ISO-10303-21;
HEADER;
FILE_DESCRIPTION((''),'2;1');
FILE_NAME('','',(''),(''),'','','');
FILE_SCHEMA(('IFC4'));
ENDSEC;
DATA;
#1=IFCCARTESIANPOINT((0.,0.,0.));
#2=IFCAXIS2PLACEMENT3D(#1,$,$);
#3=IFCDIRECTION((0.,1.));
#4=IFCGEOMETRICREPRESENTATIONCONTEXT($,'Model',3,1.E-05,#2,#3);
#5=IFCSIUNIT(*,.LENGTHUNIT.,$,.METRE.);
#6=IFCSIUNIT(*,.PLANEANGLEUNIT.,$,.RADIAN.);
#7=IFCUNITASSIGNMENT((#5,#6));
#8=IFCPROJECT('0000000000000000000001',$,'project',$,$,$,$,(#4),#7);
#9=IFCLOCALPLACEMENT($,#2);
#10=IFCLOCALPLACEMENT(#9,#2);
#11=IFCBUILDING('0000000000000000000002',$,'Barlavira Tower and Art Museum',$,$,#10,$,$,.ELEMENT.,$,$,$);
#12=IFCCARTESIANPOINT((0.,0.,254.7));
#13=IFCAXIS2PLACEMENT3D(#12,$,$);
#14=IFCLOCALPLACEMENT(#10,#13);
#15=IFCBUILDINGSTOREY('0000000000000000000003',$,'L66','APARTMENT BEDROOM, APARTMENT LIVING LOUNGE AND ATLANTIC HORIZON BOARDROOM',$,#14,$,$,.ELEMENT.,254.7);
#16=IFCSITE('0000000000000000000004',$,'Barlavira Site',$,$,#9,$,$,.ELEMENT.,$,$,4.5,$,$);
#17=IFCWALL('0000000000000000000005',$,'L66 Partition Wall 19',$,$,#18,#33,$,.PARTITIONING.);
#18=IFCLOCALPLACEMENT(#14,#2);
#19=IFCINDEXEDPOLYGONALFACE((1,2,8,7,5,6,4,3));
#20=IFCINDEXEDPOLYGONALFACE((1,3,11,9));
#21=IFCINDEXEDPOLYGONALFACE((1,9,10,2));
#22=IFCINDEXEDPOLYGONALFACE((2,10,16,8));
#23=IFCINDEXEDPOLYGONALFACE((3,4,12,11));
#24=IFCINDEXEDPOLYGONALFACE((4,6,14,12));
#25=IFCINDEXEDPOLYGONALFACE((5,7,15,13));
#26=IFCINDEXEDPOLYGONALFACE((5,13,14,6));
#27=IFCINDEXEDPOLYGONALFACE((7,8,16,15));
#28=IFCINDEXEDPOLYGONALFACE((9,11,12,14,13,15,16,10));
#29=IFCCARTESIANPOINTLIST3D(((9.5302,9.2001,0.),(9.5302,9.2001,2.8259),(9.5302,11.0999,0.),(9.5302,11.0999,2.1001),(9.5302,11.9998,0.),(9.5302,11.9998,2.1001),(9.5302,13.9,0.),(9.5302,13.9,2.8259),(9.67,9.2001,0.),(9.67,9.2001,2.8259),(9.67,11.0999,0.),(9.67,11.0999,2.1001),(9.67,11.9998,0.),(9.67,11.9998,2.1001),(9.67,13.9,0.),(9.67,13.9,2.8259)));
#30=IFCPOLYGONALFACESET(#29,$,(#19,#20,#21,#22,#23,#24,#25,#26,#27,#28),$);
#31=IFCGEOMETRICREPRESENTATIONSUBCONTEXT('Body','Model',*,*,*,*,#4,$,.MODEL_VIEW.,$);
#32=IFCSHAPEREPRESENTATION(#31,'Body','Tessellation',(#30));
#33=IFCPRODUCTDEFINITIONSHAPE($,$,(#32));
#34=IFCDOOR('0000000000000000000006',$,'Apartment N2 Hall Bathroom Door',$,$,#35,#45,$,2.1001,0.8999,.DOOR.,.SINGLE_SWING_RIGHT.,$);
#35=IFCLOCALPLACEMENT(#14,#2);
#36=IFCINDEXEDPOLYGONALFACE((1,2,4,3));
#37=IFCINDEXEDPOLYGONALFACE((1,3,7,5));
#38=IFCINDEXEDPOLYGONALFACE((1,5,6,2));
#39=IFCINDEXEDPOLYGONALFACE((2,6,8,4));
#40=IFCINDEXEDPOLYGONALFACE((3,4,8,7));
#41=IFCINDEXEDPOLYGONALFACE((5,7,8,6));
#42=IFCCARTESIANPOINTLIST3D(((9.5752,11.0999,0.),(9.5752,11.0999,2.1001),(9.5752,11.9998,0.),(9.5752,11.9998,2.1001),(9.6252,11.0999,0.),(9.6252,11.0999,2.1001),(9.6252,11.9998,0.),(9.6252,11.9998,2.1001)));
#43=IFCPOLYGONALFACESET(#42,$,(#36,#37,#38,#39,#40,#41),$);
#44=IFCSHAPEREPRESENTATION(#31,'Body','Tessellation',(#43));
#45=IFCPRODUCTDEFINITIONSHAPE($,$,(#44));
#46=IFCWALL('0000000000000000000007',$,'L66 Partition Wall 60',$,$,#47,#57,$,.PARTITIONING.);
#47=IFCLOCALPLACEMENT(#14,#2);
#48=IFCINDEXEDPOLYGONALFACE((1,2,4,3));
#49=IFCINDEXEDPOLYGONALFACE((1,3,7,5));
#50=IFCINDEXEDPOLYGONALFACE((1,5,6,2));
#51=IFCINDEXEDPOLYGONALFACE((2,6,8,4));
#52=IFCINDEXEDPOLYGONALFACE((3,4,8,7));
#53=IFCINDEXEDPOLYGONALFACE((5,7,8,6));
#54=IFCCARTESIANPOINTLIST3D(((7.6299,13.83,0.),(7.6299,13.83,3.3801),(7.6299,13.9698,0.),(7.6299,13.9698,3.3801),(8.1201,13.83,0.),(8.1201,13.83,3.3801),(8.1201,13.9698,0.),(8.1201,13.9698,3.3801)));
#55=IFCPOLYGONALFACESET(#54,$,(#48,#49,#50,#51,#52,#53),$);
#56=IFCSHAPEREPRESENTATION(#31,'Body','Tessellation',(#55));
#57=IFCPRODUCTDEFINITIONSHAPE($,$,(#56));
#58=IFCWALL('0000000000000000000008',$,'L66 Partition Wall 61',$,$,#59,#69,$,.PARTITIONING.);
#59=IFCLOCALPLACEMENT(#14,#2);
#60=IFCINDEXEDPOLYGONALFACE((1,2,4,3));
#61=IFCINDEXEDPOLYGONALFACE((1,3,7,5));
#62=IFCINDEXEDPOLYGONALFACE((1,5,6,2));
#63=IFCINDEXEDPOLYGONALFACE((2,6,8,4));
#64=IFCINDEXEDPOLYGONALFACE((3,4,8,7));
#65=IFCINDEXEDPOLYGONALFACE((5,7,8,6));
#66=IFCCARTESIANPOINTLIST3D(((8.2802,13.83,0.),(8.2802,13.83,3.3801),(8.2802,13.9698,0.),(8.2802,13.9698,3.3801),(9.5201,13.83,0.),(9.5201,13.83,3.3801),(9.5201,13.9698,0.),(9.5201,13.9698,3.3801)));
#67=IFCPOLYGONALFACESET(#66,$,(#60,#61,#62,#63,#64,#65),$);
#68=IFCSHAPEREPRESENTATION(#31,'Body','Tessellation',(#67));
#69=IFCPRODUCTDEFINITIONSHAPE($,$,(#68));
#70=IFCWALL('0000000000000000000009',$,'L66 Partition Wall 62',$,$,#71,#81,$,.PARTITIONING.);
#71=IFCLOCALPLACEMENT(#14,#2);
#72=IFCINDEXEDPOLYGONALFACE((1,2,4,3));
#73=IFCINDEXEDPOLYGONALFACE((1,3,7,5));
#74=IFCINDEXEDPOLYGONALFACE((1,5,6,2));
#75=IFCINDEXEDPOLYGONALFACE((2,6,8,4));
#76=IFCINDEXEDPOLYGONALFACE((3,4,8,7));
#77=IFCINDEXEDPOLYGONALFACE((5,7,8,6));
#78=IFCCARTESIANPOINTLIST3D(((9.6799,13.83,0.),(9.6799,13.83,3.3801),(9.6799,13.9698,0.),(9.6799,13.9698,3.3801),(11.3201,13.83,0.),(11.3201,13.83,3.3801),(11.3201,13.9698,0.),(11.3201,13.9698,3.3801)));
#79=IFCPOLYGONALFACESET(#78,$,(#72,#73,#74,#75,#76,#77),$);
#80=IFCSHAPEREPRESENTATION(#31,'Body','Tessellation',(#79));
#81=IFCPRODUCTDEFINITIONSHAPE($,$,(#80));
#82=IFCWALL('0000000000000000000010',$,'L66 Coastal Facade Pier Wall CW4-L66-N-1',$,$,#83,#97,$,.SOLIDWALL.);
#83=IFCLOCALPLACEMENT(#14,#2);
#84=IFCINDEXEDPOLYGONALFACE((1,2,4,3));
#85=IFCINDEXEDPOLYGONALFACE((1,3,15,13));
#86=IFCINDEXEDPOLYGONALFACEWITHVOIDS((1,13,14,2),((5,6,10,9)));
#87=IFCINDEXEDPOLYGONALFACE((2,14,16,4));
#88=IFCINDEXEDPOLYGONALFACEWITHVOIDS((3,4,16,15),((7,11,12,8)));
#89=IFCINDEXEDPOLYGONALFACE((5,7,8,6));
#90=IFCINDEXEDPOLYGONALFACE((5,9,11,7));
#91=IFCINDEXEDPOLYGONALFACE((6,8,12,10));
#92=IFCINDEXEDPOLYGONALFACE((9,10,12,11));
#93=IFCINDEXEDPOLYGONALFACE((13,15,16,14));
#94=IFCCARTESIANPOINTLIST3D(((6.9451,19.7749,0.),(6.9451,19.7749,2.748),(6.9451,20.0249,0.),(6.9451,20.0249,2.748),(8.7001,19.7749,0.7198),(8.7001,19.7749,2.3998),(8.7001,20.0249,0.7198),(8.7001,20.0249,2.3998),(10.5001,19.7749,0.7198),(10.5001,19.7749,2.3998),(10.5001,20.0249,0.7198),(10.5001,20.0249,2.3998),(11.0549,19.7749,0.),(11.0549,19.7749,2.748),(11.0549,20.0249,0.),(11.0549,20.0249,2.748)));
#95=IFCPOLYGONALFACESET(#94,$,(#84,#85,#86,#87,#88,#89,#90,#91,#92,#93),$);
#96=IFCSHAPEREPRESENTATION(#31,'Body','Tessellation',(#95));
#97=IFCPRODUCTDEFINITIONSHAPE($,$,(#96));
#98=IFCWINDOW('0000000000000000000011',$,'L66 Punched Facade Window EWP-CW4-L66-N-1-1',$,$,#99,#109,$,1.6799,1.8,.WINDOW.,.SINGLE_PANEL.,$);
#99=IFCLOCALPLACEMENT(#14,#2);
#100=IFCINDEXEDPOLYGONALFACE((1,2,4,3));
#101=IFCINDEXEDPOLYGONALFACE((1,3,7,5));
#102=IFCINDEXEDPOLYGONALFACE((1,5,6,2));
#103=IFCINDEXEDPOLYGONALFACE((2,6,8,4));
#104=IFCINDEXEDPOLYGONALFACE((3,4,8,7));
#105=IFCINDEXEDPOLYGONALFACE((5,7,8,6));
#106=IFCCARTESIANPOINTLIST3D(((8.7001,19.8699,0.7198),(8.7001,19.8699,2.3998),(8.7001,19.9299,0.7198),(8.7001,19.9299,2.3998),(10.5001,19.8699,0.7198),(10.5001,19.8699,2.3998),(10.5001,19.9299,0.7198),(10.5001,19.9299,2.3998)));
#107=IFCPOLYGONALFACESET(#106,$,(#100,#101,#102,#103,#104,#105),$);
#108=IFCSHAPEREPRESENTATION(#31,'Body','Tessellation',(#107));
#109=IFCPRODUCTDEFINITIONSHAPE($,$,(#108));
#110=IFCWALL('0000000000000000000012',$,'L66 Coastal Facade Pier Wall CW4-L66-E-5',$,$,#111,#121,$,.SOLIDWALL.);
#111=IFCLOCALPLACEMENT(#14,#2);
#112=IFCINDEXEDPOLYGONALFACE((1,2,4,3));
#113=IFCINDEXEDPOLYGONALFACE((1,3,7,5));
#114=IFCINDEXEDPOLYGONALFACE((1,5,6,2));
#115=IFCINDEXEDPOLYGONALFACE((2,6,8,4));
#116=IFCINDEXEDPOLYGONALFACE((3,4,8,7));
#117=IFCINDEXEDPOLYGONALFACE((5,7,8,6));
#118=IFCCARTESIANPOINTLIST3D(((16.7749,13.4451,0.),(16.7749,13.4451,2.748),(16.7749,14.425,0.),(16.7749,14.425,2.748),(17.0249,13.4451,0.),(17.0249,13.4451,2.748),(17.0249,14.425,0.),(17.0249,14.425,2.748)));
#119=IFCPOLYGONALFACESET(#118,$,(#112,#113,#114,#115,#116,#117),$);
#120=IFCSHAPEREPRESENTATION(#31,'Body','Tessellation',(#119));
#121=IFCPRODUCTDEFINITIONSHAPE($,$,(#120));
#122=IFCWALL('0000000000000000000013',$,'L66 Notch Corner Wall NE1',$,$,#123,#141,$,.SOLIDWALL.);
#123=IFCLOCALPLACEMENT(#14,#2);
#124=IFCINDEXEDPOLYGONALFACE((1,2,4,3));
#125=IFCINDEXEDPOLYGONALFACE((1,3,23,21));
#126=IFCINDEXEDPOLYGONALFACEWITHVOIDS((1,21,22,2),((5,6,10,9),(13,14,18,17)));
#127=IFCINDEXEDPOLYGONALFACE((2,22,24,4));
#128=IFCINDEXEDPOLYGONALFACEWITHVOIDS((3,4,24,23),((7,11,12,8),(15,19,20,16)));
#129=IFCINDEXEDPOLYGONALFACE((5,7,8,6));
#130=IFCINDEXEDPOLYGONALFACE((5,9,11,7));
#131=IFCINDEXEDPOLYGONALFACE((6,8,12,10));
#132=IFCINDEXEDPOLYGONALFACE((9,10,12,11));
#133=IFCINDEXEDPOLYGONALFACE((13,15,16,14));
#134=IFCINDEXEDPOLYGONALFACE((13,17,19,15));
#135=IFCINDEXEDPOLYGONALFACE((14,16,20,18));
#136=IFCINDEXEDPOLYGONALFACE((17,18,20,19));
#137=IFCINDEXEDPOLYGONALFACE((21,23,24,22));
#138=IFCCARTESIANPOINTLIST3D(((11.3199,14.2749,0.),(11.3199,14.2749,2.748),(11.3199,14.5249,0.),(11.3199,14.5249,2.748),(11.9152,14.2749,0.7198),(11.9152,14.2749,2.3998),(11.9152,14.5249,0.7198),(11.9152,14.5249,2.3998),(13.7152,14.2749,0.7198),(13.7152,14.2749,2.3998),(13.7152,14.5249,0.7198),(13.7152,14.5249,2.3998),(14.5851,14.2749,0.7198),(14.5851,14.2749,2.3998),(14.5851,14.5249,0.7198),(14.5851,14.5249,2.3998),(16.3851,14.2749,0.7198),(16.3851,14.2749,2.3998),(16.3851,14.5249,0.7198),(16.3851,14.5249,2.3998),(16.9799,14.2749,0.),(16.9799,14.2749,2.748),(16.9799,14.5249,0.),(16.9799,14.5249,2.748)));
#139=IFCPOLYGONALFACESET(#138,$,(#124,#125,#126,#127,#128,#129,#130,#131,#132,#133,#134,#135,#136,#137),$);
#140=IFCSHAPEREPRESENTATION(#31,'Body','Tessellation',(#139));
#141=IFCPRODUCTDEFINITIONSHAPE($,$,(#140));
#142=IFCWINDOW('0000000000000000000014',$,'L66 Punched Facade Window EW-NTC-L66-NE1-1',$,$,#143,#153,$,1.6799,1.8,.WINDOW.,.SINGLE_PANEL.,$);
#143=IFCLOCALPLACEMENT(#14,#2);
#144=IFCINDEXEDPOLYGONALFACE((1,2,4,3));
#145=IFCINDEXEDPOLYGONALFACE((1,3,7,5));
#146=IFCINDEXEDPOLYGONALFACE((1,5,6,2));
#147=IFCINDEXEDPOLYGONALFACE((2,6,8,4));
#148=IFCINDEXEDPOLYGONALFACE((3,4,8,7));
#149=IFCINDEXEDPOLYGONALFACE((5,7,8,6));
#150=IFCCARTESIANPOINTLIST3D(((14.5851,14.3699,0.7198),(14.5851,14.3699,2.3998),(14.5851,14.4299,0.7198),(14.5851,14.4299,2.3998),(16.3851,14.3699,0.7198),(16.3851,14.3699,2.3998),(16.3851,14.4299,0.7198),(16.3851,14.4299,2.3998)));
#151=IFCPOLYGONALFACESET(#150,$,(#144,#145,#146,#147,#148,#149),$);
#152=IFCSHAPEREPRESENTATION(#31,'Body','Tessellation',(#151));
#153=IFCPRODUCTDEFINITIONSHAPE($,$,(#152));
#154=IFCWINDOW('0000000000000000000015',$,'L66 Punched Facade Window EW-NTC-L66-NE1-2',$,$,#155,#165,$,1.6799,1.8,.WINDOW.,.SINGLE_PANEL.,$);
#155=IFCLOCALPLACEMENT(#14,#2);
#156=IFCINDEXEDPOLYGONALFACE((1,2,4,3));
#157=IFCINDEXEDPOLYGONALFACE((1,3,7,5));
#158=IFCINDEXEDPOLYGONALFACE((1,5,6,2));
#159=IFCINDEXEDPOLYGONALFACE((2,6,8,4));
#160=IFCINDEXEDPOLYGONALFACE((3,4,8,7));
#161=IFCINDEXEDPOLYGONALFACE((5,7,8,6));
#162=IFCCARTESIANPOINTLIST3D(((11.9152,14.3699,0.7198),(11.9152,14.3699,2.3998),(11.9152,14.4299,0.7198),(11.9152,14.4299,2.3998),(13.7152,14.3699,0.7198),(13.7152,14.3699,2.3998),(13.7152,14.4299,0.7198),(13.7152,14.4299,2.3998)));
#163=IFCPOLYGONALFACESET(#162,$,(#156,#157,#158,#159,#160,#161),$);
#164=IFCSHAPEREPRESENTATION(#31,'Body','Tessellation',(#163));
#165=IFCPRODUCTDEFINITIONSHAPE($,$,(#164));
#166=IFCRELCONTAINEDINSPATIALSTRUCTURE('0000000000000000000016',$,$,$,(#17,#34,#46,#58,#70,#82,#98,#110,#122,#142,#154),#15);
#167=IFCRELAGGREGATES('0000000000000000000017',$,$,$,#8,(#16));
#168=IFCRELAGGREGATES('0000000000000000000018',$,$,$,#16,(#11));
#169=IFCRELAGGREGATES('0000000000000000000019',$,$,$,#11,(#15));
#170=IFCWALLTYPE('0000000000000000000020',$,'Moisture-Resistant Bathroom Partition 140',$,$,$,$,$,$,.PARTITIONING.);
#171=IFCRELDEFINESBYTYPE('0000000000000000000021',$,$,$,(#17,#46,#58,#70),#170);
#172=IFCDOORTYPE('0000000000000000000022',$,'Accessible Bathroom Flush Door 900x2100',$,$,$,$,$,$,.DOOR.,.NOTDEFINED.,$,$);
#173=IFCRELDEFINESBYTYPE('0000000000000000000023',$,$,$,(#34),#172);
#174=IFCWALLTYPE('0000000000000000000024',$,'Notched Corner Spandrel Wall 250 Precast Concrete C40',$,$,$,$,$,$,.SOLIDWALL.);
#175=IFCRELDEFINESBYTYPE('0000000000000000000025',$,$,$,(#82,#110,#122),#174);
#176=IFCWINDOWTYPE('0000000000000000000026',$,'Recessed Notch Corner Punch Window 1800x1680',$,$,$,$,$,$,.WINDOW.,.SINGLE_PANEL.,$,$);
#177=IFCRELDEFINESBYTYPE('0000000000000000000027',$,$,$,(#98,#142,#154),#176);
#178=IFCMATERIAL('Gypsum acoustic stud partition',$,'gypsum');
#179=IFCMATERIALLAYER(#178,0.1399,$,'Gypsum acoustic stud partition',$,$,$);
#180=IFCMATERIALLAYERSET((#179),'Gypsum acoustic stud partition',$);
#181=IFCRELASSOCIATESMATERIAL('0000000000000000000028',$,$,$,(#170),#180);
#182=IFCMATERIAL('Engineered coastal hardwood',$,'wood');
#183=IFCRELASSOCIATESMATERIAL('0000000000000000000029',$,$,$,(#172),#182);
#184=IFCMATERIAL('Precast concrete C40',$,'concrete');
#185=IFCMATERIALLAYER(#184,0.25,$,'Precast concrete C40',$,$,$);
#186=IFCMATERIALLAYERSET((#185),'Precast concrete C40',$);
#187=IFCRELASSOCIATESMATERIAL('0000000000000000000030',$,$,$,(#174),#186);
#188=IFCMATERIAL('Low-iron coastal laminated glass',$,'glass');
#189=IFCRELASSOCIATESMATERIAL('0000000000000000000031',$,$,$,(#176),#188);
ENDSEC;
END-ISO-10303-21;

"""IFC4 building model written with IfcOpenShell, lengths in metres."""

from ifc_helpers import new_model, si_unit, direction, frame, frame_2d, origin, place, context, subcontext, project, spatial, rectangle, extrude, material, layer, layer_set, type_object, element, fill, save


model = new_model("IFC4")

# Units and contexts
model_context = context("Model", 3, precision=1e-05, world=origin(), true_north=direction((0.0, 1.0)))
body_context = subcontext(model_context, "Body", "Model", "MODEL_VIEW")
ifc_project = project(units=[si_unit("LENGTHUNIT", "METRE"), si_unit("PLANEANGLEUNIT", "RADIAN")], contexts=[model_context])

# Site, building, storey
site_placement = place(None, origin())
site = spatial("IfcSite", under=ifc_project, at=site_placement, Name="Barlavira Site", CompositionType="ELEMENT", RefElevation=4.5)
building_placement = place(site_placement, origin())
building = spatial("IfcBuilding", under=site, at=building_placement, Name="Barlavira Tower and Art Museum", CompositionType="ELEMENT")
storey_placement = place(building_placement, frame((0.0, 0.0, 254.7)))
storey = spatial("IfcBuildingStorey", under=building, at=storey_placement, Name="L66", Description="APARTMENT BEDROOM, APARTMENT LIVING LOUNGE AND ATLANTIC HORIZON BOARDROOM", CompositionType="ELEMENT", Elevation=254.7)

# Shared definitions
ifc_material_1 = material(Name="Gypsum acoustic stud partition", Category="gypsum")
ifc_material_2 = material(Name="Engineered coastal hardwood", Category="wood")

# Wall, opening, door
ifc_layer_1 = layer(ifc_material_1, 0.1399, Name="Gypsum acoustic stud partition")
ifc_layer_set_1 = layer_set([ifc_layer_1], Name="Gypsum acoustic stud partition")
wall_type_1 = type_object("IfcWallType", Name="Moisture-Resistant Bathroom Partition 140", PredefinedType="PARTITIONING", material=ifc_layer_set_1)
wall_1_placement = place(storey_placement, frame((9.6001, 9.2, 0.0), z_axis=(0.0, 0.0, 1.0), x_axis=(0.0, 1.0, 0.0)))
wall_1 = element("IfcWall", 1, at=wall_1_placement, inside=storey, type_object=wall_type_1, Name="L66 Partition Wall 19", PredefinedType="PARTITIONING", context=body_context, shape_type="SweptSolid", body=[
    extrude(rectangle(XDim=4.7, YDim=0.1399, at=frame_2d((2.3501, 0.0))), origin(), (0.0, 0.0, 1.0), 2.8259),
])
opening_1_placement = place(wall_1_placement, frame((1.8999, 0.0, 0.0)))
opening_1 = element("IfcOpeningElement", 2, at=opening_1_placement, cuts=wall_1, PredefinedType="OPENING", context=body_context, shape_type="SweptSolid", body=[
    extrude(rectangle(XDim=0.8999, YDim=2.1001, at=frame_2d((0.45, 1.05))), frame((0.0, 0.0801, 0.0), z_axis=(0.0, -1.0, 0.0), x_axis=(1.0, 0.0, 0.0)), (0.0, 0.0, 1.0), 0.1599),
])
door_type_1 = type_object("IfcDoorType", Name="Accessible Bathroom Flush Door 900x2100", OperationType="NOTDEFINED", PredefinedType="DOOR", material=ifc_material_2)
door_1_placement = place(opening_1_placement, origin())
door_1 = element("IfcDoor", 3, at=door_1_placement, inside=storey, type_object=door_type_1, Name="Apartment N2 Hall Bathroom Door", OperationType="SINGLE_SWING_RIGHT", OverallHeight=2.1001, OverallWidth=0.8999, PredefinedType="DOOR", context=body_context, shape_type="SweptSolid", body=[
    extrude(rectangle(XDim=0.8999, YDim=2.1001, at=frame_2d((0.45, 1.05))), frame((0.0, 0.0249, 0.0), z_axis=(0.0, -1.0, 0.0), x_axis=(1.0, 0.0, 0.0)), (0.0, 0.0, 1.0), 0.05),
])
fill(opening_1, door_1)

# Walls
wall_2_placement = place(storey_placement, frame((7.6299, 13.8999, 0.0), z_axis=(0.0, 0.0, 1.0), x_axis=(1.0, 0.0, 0.0)))
element("IfcWall", 4, at=wall_2_placement, inside=storey, type_object=wall_type_1, Name="L66 Partition Wall 60", PredefinedType="PARTITIONING", context=body_context, shape_type="SweptSolid", body=[
    extrude(rectangle(XDim=0.4902, YDim=0.1399, at=frame_2d((0.2451, 0.0))), origin(), (0.0, 0.0, 1.0), 3.3801),
])
wall_3_placement = place(storey_placement, frame((8.28, 13.8999, 0.0), z_axis=(0.0, 0.0, 1.0), x_axis=(1.0, 0.0, 0.0)))
element("IfcWall", 5, at=wall_3_placement, inside=storey, type_object=wall_type_1, Name="L66 Partition Wall 61", PredefinedType="PARTITIONING", context=body_context, shape_type="SweptSolid", body=[
    extrude(rectangle(XDim=1.24, YDim=0.1399, at=frame_2d((0.6201, 0.0))), origin(), (0.0, 0.0, 1.0), 3.3801),
])
wall_4_placement = place(storey_placement, frame((9.6799, 13.8999, 0.0), z_axis=(0.0, 0.0, 1.0), x_axis=(1.0, 0.0, 0.0)))
element("IfcWall", 6, at=wall_4_placement, inside=storey, type_object=wall_type_1, Name="L66 Partition Wall 62", PredefinedType="PARTITIONING", context=body_context, shape_type="SweptSolid", body=[
    extrude(rectangle(XDim=1.6401, YDim=0.1399, at=frame_2d((0.8201, 0.0))), origin(), (0.0, 0.0, 1.0), 3.3801),
])

# Wall, opening, window
ifc_material_3 = material(Name="Precast concrete C40", Category="concrete")
ifc_layer_2 = layer(ifc_material_3, 0.25, Name="Precast concrete C40")
ifc_layer_set_2 = layer_set([ifc_layer_2], Name="Precast concrete C40")
wall_type_2 = type_object("IfcWallType", Name="Notched Corner Spandrel Wall 250 Precast Concrete C40", PredefinedType="SOLIDWALL", material=ifc_layer_set_2)
wall_5_placement = place(storey_placement, frame((11.0549, 19.8999, 0.0), z_axis=(0.0, 0.0, 1.0), x_axis=(-1.0, 0.0, 0.0)))
wall_5 = element("IfcWall", 7, at=wall_5_placement, inside=storey, type_object=wall_type_2, Name="L66 Coastal Facade Pier Wall CW4-L66-N-1", PredefinedType="SOLIDWALL", context=body_context, shape_type="SweptSolid", body=[
    extrude(rectangle(XDim=4.1099, YDim=0.25, at=frame_2d((2.0549, 0.0))), origin(), (0.0, 0.0, 1.0), 2.748),
])
opening_2_placement = place(wall_5_placement, frame((0.5549, 0.0, 0.72)))
opening_2 = element("IfcOpeningElement", 8, at=opening_2_placement, cuts=wall_5, PredefinedType="OPENING", context=body_context, shape_type="SweptSolid", body=[
    extrude(rectangle(XDim=1.8, YDim=1.6799, at=frame_2d((0.8999, 0.8398))), frame((0.0, 0.135, 0.0), z_axis=(0.0, -1.0, 0.0), x_axis=(1.0, 0.0, 0.0)), (0.0, 0.0, 1.0), 0.27),
])
ifc_material_4 = material(Name="Low-iron coastal laminated glass", Category="glass")
window_type = type_object("IfcWindowType", Name="Recessed Notch Corner Punch Window 1800x1680", PartitioningType="SINGLE_PANEL", PredefinedType="WINDOW", material=ifc_material_4)
window_1_placement = place(opening_2_placement, origin())
window_1 = element("IfcWindow", 9, at=window_1_placement, inside=storey, type_object=window_type, Name="L66 Punched Facade Window EWP-CW4-L66-N-1-1", OverallHeight=1.6799, OverallWidth=1.8, PartitioningType="SINGLE_PANEL", PredefinedType="WINDOW", context=body_context, shape_type="SweptSolid", body=[
    extrude(rectangle(XDim=1.8, YDim=1.6799, at=frame_2d((0.8999, 0.8398))), frame((0.0, 0.03, 0.0), z_axis=(0.0, -1.0, 0.0), x_axis=(1.0, 0.0, 0.0)), (0.0, 0.0, 1.0), 0.0601),
])
fill(opening_2, window_1)

# Wall
wall_6_placement = place(storey_placement, frame((16.8999, 13.4451, 0.0), z_axis=(0.0, 0.0, 1.0), x_axis=(0.0, 1.0, 0.0)))
element("IfcWall", 10, at=wall_6_placement, inside=storey, type_object=wall_type_2, Name="L66 Coastal Facade Pier Wall CW4-L66-E-5", PredefinedType="SOLIDWALL", context=body_context, shape_type="SweptSolid", body=[
    extrude(rectangle(XDim=0.98, YDim=0.25, at=frame_2d((0.49, 0.0))), origin(), (0.0, 0.0, 1.0), 2.748),
])

# Wall, openings, windows
wall_7_placement = place(storey_placement, frame((16.98, 14.3999, 0.0), z_axis=(0.0, 0.0, 1.0), x_axis=(-1.0, 0.0, 0.0)))
wall_7 = element("IfcWall", 11, at=wall_7_placement, inside=storey, type_object=wall_type_2, Name="L66 Notch Corner Wall NE1", PredefinedType="SOLIDWALL", context=body_context, shape_type="SweptSolid", body=[
    extrude(rectangle(XDim=5.6599, YDim=0.25, at=frame_2d((2.8301, 0.0))), origin(), (0.0, 0.0, 1.0), 2.748),
])
opening_3_placement = place(wall_7_placement, frame((0.595, 0.0, 0.72)))
opening_3 = element("IfcOpeningElement", 12, at=opening_3_placement, cuts=wall_7, PredefinedType="OPENING", context=body_context, shape_type="SweptSolid", body=[
    extrude(rectangle(XDim=1.8, YDim=1.6799, at=frame_2d((0.8999, 0.8398))), frame((0.0, 0.135, 0.0), z_axis=(0.0, -1.0, 0.0), x_axis=(1.0, 0.0, 0.0)), (0.0, 0.0, 1.0), 0.27),
])
opening_4_placement = place(wall_7_placement, frame((3.2649, 0.0, 0.72)))
opening_4 = element("IfcOpeningElement", 13, at=opening_4_placement, cuts=wall_7, PredefinedType="OPENING", context=body_context, shape_type="SweptSolid", body=[
    extrude(rectangle(XDim=1.8, YDim=1.6799, at=frame_2d((0.8999, 0.8398))), frame((0.0, 0.135, 0.0), z_axis=(0.0, -1.0, 0.0), x_axis=(1.0, 0.0, 0.0)), (0.0, 0.0, 1.0), 0.27),
])
window_2_placement = place(opening_3_placement, origin())
window_2 = element("IfcWindow", 14, at=window_2_placement, inside=storey, type_object=window_type, Name="L66 Punched Facade Window EW-NTC-L66-NE1-1", OverallHeight=1.6799, OverallWidth=1.8, PartitioningType="SINGLE_PANEL", PredefinedType="WINDOW", context=body_context, shape_type="SweptSolid", body=[
    extrude(rectangle(XDim=1.8, YDim=1.6799, at=frame_2d((0.8999, 0.8398))), frame((0.0, 0.03, 0.0), z_axis=(0.0, -1.0, 0.0), x_axis=(1.0, 0.0, 0.0)), (0.0, 0.0, 1.0), 0.0601),
])
fill(opening_3, window_2)
window_3_placement = place(opening_4_placement, origin())
window_3 = element("IfcWindow", 15, at=window_3_placement, inside=storey, type_object=window_type, Name="L66 Punched Facade Window EW-NTC-L66-NE1-2", OverallHeight=1.6799, OverallWidth=1.8, PartitioningType="SINGLE_PANEL", PredefinedType="WINDOW", context=body_context, shape_type="SweptSolid", body=[
    extrude(rectangle(XDim=1.8, YDim=1.6799, at=frame_2d((0.8999, 0.8398))), frame((0.0, 0.03, 0.0), z_axis=(0.0, -1.0, 0.0), x_axis=(1.0, 0.0, 0.0)), (0.0, 0.0, 1.0), 0.0601),
])
fill(opening_4, window_3)

save(model, "model.ifc")
